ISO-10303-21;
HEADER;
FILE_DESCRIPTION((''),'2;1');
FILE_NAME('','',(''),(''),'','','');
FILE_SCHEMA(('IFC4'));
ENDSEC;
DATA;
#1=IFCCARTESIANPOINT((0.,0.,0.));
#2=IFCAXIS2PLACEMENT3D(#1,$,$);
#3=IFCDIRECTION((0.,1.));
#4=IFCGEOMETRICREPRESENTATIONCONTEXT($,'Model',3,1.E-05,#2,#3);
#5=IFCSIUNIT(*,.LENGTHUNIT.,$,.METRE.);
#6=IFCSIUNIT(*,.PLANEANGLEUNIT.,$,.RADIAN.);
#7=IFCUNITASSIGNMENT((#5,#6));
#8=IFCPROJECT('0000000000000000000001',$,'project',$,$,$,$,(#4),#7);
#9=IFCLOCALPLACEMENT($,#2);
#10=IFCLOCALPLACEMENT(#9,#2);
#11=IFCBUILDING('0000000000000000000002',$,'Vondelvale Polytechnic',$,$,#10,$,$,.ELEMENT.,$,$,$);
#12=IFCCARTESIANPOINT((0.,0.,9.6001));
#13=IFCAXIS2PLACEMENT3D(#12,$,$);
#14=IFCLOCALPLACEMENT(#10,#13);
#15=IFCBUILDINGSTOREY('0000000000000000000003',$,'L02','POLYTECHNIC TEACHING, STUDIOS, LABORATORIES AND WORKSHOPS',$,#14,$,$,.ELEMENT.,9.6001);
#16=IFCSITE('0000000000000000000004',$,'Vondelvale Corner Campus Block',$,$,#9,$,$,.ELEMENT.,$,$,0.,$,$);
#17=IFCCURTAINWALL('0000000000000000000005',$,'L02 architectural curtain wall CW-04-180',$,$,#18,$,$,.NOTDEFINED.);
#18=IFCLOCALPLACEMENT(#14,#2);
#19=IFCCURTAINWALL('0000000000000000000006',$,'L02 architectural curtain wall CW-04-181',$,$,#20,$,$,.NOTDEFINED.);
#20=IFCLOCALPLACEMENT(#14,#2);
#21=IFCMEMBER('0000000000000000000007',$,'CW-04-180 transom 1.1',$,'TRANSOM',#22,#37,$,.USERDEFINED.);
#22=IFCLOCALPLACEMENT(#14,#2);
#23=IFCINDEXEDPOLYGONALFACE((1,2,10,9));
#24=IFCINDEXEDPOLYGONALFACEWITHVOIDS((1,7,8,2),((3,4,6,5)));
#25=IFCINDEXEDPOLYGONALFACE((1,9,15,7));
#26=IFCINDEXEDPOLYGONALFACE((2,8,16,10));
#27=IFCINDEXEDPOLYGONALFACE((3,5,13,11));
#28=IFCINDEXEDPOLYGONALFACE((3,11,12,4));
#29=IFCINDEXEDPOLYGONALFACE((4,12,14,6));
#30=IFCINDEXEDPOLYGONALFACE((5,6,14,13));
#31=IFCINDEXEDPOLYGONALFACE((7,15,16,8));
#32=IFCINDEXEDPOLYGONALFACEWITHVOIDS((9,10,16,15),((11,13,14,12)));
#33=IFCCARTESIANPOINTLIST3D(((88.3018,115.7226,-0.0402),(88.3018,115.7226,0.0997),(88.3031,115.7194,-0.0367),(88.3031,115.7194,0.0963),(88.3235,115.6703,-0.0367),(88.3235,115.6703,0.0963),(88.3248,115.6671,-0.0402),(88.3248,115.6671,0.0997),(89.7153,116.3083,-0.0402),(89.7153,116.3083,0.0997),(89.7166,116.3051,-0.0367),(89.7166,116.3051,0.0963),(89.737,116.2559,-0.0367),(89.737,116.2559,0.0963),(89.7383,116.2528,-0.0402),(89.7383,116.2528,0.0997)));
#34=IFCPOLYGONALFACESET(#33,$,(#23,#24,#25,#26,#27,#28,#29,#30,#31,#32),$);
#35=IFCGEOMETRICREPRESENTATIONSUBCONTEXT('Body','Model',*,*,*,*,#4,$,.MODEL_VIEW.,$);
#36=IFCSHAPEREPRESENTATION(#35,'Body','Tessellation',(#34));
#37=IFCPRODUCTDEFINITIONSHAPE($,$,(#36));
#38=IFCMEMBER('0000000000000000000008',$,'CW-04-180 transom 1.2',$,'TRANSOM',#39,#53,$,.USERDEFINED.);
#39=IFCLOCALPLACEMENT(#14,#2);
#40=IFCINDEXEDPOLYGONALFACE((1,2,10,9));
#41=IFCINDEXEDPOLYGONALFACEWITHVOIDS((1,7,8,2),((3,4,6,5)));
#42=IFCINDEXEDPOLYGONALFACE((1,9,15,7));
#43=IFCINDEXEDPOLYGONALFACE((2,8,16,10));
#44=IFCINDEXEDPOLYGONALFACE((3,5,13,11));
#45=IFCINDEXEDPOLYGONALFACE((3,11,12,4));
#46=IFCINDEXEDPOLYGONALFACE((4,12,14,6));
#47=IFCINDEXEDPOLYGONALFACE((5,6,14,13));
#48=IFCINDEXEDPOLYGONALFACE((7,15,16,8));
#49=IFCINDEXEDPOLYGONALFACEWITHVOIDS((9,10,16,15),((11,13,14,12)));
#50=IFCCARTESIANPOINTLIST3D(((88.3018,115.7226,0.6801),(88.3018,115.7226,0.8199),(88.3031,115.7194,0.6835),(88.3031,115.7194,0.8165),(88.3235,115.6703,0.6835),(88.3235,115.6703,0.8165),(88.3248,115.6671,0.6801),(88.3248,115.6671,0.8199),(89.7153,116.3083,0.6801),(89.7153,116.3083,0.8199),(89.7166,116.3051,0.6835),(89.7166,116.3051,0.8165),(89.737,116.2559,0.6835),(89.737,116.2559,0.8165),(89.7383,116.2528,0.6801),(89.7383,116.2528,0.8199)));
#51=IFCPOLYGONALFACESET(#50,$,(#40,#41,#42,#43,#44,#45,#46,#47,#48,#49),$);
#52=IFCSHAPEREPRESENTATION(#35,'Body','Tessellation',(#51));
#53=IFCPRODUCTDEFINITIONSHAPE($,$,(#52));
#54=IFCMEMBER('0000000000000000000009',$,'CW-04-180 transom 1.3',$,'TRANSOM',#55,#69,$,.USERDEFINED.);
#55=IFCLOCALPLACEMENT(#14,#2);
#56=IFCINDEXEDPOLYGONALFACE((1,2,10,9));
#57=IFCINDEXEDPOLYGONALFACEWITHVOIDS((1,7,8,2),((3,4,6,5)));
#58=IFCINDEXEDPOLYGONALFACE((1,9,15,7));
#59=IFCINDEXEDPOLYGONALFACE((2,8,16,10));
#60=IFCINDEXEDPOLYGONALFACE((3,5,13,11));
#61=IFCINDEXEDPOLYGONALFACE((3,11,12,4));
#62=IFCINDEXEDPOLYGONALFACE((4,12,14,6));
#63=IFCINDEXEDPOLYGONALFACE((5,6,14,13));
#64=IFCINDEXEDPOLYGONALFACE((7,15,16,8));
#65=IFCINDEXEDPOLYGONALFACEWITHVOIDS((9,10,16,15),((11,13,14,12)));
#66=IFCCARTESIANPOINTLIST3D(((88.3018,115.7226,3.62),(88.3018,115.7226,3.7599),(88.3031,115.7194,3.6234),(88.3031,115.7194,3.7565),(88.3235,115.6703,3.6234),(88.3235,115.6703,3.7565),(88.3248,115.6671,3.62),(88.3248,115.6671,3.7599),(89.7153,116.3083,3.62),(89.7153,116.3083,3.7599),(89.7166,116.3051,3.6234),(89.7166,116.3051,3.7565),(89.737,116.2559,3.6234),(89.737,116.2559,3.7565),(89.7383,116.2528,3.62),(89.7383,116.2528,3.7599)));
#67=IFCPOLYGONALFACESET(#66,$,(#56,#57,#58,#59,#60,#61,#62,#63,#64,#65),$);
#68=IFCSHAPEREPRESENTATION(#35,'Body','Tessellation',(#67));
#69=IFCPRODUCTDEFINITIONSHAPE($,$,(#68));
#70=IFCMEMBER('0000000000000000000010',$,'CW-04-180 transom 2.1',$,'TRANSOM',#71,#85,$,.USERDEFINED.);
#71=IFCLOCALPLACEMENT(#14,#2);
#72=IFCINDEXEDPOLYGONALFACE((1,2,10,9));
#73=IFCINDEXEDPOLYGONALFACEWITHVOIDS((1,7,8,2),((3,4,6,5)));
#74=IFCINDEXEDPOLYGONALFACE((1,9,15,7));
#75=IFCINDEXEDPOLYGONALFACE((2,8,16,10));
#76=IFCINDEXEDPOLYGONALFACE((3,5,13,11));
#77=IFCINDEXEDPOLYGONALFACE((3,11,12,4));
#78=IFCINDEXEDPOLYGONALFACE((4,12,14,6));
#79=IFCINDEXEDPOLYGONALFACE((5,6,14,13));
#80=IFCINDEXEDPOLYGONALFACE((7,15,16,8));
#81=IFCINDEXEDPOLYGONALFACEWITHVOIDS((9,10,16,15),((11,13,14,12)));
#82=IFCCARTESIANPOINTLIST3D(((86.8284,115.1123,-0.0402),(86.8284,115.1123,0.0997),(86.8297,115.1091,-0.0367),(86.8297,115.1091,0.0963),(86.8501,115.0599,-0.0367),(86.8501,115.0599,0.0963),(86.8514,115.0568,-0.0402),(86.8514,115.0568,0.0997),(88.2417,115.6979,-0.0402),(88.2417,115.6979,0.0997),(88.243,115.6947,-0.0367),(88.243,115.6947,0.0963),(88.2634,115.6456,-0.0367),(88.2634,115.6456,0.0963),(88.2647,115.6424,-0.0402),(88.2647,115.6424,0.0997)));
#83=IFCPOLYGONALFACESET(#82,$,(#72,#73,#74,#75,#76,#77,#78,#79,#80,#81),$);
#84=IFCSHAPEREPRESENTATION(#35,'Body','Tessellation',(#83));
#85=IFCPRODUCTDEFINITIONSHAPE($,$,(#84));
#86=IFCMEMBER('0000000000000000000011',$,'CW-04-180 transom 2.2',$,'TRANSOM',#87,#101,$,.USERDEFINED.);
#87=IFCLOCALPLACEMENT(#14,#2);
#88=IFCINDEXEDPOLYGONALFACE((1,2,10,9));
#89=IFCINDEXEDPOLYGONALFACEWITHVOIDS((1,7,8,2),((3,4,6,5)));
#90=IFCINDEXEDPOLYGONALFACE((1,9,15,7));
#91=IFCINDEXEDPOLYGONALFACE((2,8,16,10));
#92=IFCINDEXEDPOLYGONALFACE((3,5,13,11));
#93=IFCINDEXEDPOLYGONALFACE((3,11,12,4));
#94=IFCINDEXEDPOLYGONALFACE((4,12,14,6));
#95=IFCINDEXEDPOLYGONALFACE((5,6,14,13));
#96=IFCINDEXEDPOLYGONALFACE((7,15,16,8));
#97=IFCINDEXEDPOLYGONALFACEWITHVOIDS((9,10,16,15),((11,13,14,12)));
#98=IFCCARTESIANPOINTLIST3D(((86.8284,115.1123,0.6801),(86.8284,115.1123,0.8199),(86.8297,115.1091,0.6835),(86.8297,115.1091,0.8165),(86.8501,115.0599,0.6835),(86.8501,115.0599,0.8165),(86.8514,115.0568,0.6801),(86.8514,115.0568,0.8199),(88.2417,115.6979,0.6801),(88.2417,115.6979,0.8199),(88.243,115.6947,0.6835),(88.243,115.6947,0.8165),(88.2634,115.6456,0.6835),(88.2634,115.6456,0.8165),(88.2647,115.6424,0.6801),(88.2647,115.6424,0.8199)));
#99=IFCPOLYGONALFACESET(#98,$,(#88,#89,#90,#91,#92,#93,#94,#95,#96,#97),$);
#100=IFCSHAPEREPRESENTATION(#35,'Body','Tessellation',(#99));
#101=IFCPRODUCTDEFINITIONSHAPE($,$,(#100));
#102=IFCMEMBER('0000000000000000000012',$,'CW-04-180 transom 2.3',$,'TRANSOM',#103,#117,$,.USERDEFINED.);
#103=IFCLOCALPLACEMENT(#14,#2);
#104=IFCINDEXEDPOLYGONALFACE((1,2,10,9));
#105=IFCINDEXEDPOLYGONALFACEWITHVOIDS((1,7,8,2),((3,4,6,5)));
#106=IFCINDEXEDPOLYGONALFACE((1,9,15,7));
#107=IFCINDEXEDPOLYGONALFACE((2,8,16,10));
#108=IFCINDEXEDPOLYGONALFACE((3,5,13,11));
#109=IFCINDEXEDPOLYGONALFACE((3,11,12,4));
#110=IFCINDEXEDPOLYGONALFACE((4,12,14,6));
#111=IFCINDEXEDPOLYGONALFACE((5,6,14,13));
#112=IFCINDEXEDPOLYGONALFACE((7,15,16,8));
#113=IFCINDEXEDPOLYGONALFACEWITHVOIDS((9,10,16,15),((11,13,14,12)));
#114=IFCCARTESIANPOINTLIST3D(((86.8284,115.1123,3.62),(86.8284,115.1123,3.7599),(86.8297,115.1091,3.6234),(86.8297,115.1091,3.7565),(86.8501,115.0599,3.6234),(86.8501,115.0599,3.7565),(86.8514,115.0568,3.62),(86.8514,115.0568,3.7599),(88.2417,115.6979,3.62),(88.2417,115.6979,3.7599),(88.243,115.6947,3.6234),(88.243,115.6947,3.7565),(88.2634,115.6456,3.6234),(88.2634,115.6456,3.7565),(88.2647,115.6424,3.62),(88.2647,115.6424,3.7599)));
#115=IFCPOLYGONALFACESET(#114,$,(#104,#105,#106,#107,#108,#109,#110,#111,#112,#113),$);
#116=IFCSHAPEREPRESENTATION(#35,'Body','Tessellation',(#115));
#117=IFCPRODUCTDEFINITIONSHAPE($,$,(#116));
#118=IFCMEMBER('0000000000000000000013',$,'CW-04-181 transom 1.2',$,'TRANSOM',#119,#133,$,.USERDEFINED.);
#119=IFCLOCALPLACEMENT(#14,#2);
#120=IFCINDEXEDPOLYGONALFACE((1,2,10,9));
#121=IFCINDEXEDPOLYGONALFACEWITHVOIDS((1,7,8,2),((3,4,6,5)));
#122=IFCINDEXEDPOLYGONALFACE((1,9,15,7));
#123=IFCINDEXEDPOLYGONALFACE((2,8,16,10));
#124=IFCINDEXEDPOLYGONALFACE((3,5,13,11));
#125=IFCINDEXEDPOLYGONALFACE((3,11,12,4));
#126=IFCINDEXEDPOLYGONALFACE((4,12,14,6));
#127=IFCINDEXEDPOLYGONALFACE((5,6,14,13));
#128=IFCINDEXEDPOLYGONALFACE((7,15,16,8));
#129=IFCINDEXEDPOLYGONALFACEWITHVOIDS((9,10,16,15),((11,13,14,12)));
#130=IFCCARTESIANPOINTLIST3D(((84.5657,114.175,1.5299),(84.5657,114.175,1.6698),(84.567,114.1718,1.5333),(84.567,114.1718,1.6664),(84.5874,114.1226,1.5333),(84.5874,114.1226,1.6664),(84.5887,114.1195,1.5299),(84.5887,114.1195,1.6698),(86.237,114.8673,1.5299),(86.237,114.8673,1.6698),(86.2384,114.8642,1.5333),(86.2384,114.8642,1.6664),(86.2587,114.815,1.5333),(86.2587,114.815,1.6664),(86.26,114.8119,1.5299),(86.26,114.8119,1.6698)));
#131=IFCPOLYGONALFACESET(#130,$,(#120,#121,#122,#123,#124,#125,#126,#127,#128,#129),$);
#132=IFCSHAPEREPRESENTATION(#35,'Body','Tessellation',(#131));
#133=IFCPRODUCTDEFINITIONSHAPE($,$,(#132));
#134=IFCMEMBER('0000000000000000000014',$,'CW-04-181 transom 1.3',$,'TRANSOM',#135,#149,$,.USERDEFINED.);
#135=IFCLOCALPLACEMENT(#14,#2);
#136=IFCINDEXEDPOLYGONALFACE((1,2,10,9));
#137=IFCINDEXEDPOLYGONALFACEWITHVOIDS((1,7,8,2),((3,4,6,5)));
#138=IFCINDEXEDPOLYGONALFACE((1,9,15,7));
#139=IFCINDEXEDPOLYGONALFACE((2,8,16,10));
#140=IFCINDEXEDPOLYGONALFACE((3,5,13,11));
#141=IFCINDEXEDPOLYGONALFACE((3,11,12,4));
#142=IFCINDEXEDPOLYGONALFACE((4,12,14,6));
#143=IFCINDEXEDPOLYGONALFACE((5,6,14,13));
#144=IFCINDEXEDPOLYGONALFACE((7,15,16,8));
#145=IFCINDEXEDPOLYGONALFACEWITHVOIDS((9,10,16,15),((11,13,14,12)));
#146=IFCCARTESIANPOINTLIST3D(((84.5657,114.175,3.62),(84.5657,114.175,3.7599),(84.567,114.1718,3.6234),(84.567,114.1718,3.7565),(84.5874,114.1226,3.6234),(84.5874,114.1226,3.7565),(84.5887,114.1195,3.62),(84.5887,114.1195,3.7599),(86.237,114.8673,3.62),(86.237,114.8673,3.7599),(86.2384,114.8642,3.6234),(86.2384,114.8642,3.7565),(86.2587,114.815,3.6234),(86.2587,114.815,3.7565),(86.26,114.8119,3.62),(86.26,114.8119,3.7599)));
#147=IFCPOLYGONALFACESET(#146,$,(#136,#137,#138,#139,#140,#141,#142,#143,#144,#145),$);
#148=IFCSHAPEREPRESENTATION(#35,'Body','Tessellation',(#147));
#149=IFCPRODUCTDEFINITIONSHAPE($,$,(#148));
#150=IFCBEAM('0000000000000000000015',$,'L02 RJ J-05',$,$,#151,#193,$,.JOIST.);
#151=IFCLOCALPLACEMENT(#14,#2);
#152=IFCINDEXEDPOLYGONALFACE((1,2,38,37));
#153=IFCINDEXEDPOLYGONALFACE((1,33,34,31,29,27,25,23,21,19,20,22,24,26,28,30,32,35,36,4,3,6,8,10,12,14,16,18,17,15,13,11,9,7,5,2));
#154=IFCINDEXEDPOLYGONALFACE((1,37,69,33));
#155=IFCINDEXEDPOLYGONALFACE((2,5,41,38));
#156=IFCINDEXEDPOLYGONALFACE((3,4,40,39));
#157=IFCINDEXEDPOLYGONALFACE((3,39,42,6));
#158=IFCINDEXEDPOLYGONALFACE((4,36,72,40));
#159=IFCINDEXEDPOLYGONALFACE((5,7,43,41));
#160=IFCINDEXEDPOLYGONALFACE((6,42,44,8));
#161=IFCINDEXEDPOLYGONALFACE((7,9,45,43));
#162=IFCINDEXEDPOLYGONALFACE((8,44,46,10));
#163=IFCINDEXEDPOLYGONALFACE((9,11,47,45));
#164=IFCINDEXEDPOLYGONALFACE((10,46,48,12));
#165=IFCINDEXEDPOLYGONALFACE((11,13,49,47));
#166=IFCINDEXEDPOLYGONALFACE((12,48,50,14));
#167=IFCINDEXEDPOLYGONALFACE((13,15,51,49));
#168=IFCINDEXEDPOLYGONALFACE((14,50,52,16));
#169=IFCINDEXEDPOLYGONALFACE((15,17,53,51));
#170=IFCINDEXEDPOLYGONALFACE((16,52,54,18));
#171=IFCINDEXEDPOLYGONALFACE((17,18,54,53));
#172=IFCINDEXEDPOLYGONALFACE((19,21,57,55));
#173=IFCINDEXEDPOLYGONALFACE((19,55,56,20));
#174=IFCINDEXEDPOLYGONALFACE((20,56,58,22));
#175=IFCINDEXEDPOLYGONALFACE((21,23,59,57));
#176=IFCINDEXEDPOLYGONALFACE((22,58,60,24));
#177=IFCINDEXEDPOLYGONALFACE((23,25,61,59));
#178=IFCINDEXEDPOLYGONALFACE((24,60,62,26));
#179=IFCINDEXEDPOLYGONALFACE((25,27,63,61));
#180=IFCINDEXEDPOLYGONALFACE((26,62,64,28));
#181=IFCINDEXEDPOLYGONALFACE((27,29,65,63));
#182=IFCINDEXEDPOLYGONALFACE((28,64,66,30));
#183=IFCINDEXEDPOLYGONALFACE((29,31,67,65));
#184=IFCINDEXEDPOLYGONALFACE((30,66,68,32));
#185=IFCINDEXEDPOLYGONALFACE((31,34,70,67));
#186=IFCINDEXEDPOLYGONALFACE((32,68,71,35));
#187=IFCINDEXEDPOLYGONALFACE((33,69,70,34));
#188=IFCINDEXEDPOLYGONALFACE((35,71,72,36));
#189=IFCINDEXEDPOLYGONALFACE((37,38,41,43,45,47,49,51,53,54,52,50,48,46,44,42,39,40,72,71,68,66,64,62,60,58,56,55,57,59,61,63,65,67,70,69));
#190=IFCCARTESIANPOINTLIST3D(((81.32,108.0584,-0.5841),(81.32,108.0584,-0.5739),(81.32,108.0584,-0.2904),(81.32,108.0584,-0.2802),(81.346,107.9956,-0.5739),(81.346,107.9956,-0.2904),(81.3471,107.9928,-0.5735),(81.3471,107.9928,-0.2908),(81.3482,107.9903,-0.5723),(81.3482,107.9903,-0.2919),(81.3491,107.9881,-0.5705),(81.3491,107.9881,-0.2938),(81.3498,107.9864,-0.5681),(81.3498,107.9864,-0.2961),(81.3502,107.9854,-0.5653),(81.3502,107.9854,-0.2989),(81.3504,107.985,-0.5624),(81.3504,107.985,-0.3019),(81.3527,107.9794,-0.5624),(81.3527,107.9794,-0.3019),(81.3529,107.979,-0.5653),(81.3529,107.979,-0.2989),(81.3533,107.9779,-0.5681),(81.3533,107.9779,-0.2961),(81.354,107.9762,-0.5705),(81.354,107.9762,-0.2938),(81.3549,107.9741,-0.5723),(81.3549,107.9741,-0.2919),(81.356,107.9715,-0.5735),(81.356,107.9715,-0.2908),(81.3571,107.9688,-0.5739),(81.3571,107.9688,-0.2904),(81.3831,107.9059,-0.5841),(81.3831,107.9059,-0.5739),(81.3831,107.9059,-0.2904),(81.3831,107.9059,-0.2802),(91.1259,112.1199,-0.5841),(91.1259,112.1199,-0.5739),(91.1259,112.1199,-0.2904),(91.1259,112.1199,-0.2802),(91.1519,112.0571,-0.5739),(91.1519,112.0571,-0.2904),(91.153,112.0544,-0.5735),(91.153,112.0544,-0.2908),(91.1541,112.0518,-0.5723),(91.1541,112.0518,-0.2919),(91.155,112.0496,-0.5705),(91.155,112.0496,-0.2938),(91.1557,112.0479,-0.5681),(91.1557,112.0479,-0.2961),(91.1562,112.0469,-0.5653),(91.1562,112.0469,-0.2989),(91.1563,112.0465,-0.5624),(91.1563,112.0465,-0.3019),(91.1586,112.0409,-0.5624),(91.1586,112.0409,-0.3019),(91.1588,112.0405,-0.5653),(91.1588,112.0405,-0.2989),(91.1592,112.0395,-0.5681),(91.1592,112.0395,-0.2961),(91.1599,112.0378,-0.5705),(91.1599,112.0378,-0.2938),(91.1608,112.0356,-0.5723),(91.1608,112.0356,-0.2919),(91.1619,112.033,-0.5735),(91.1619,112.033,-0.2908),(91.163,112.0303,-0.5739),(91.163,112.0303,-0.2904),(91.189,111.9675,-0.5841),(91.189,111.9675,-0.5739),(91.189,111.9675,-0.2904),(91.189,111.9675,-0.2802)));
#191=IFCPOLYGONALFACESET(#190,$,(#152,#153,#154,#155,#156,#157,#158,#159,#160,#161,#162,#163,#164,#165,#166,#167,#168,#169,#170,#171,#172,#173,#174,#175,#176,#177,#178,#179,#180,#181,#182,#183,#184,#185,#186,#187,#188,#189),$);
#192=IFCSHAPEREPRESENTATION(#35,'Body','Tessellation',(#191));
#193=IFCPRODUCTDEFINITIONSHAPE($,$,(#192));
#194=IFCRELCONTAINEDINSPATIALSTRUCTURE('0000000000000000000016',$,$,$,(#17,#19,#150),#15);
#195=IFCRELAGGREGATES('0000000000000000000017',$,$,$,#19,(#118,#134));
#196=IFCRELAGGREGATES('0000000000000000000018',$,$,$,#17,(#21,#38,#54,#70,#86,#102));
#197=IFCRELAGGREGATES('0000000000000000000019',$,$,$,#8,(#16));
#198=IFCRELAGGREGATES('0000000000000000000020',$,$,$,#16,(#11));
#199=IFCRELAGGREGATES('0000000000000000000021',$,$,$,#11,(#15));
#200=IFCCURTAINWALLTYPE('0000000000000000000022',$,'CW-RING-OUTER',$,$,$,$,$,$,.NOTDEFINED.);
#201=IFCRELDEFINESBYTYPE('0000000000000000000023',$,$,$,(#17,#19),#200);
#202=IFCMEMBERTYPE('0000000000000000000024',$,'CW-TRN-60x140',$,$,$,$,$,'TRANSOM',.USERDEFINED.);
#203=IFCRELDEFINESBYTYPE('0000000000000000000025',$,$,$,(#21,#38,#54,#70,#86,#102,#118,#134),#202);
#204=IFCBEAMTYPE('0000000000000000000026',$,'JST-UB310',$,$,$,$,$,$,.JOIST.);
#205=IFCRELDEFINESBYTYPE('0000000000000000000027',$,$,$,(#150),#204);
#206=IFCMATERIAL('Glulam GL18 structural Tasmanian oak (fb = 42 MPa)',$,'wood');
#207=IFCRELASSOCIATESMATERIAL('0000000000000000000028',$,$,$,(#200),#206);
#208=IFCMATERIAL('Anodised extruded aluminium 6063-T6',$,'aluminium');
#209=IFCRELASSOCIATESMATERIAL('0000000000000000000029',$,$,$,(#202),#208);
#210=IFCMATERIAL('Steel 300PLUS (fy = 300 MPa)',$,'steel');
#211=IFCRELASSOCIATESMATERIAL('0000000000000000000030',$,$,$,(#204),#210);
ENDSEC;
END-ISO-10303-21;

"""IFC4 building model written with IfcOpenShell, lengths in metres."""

from ifc_helpers import new_model, si_unit, direction, frame, origin, origin_2d, place, context, subcontext, project, spatial, hollow_rectangle, i_section, extrude, material, material_profile, profile_set, type_object, element, aggregate, save


model = new_model("IFC4")

# Units and contexts
model_context = context("Model", 3, precision=1e-05, world=origin(), true_north=direction((0.0, 1.0)))
body_context = subcontext(model_context, "Body", "Model", "MODEL_VIEW")
ifc_project = project(units=[si_unit("LENGTHUNIT", "METRE"), si_unit("PLANEANGLEUNIT", "RADIAN")], contexts=[model_context])

# Site, building, storey
site_placement = place(None, origin())
site = spatial("IfcSite", under=ifc_project, at=site_placement, Name="Vondelvale Corner Campus Block", CompositionType="ELEMENT", RefElevation=0.0)
building_placement = place(site_placement, origin())
building = spatial("IfcBuilding", under=site, at=building_placement, Name="Vondelvale Polytechnic", CompositionType="ELEMENT")
storey_placement = place(building_placement, frame((0.0, 0.0, 9.6001)))
storey = spatial("IfcBuildingStorey", under=building, at=storey_placement, Name="L02", Description="POLYTECHNIC TEACHING, STUDIOS, LABORATORIES AND WORKSHOPS", CompositionType="ELEMENT", Elevation=9.6001)

# Shared definitions
ifc_material_1 = material(Name="Glulam GL18 structural Tasmanian oak (fb = 42 MPa)", Category="wood")

# Shared definitions
ifc_material_2 = material(Name="Steel 300PLUS (fy = 300 MPa)", Category="steel")

# Shared definitions
curtain_wall_type = type_object("IfcCurtainWallType", Name="CW-RING-OUTER", PredefinedType="NOTDEFINED", material=ifc_material_1)
ifc_material_3 = material(Name="Anodised extruded aluminium 6063-T6", Category="aluminium")

# Curtain wall
curtain_wall_1_placement = place(storey_placement, origin())
curtain_wall_1 = element("IfcCurtainWall", 1, at=curtain_wall_1_placement, inside=storey, type_object=curtain_wall_type, Name="L02 architectural curtain wall CW-04-180", PredefinedType="NOTDEFINED")

# Curtain wall
curtain_wall_2_placement = place(storey_placement, origin())
curtain_wall_2 = element("IfcCurtainWall", 2, at=curtain_wall_2_placement, inside=storey, type_object=curtain_wall_type, Name="L02 architectural curtain wall CW-04-181", PredefinedType="NOTDEFINED")

# Members
ifc_material_profile_1 = material_profile(ifc_material_3, hollow_rectangle(XDim=0.0601, YDim=0.1399, WallThickness=0.0034, at=origin_2d()), Name="CW-TRN-140x60")
ifc_profile_set_1 = profile_set([ifc_material_profile_1], Name="Anodised extruded aluminium 6063-T6")
member_type_1 = type_object("IfcMemberType", Name="CW-TRN-60x140", ElementType="TRANSOM", PredefinedType="USERDEFINED", material=ifc_profile_set_1)
member_1_placement = place(storey_placement, frame((89.7268, 116.2805, 0.0298), z_axis=(-0.92384, -0.382779, 0.0), x_axis=(0.382779, -0.92384, 0.0)))
member_1 = element("IfcMember", 3, at=member_1_placement, type_object=member_type_1, Name="CW-04-180 transom 1.1", ObjectType="TRANSOM", PredefinedType="USERDEFINED", context=body_context, shape_type="SweptSolid", body=[
    extrude(hollow_rectangle(XDim=0.0601, YDim=0.1399, WallThickness=0.0034, at=origin_2d()), origin(), (0.0, 0.0, 1.0), 1.53),
])
member_2_placement = place(storey_placement, frame((89.7268, 116.2805, 0.75), z_axis=(-0.92384, -0.382779, 0.0), x_axis=(0.382779, -0.92384, 0.0)))
member_2 = element("IfcMember", 4, at=member_2_placement, type_object=member_type_1, Name="CW-04-180 transom 1.2", ObjectType="TRANSOM", PredefinedType="USERDEFINED", context=body_context, shape_type="SweptSolid", body=[
    extrude(hollow_rectangle(XDim=0.0601, YDim=0.1399, WallThickness=0.0034, at=origin_2d()), origin(), (0.0, 0.0, 1.0), 1.53),
])
member_3_placement = place(storey_placement, frame((89.7268, 116.2805, 3.6899), z_axis=(-0.92384, -0.382779, 0.0), x_axis=(0.382779, -0.92384, 0.0)))
member_3 = element("IfcMember", 5, at=member_3_placement, type_object=member_type_1, Name="CW-04-180 transom 1.3", ObjectType="TRANSOM", PredefinedType="USERDEFINED", context=body_context, shape_type="SweptSolid", body=[
    extrude(hollow_rectangle(XDim=0.0601, YDim=0.1399, WallThickness=0.0034, at=origin_2d()), origin(), (0.0, 0.0, 1.0), 1.53),
])
member_4_placement = place(storey_placement, frame((88.2532, 115.6702, 0.0298), z_axis=(-0.923816, -0.382836, 0.0), x_axis=(0.382836, -0.923816, 0.0)))
member_4 = element("IfcMember", 6, at=member_4_placement, type_object=member_type_1, Name="CW-04-180 transom 2.1", ObjectType="TRANSOM", PredefinedType="USERDEFINED", context=body_context, shape_type="SweptSolid", body=[
    extrude(hollow_rectangle(XDim=0.0601, YDim=0.1399, WallThickness=0.0034, at=origin_2d()), origin(), (0.0, 0.0, 1.0), 1.5298),
])
member_5_placement = place(storey_placement, frame((88.2532, 115.6702, 0.75), z_axis=(-0.923816, -0.382836, 0.0), x_axis=(0.382836, -0.923816, 0.0)))
member_5 = element("IfcMember", 7, at=member_5_placement, type_object=member_type_1, Name="CW-04-180 transom 2.2", ObjectType="TRANSOM", PredefinedType="USERDEFINED", context=body_context, shape_type="SweptSolid", body=[
    extrude(hollow_rectangle(XDim=0.0601, YDim=0.1399, WallThickness=0.0034, at=origin_2d()), origin(), (0.0, 0.0, 1.0), 1.5298),
])
member_6_placement = place(storey_placement, frame((88.2532, 115.6702, 3.6899), z_axis=(-0.923816, -0.382836, 0.0), x_axis=(0.382836, -0.923816, 0.0)))
member_6 = element("IfcMember", 8, at=member_6_placement, type_object=member_type_1, Name="CW-04-180 transom 2.3", ObjectType="TRANSOM", PredefinedType="USERDEFINED", context=body_context, shape_type="SweptSolid", body=[
    extrude(hollow_rectangle(XDim=0.0601, YDim=0.1399, WallThickness=0.0034, at=origin_2d()), origin(), (0.0, 0.0, 1.0), 1.5298),
])
member_7_placement = place(storey_placement, frame((86.2485, 114.8396, 1.5999), z_axis=(-0.923866, -0.382717, 0.0), x_axis=(0.382717, -0.923866, 0.0)))
member_7 = element("IfcMember", 9, at=member_7_placement, type_object=member_type_1, Name="CW-04-181 transom 1.2", ObjectType="TRANSOM", PredefinedType="USERDEFINED", context=body_context, shape_type="SweptSolid", body=[
    extrude(hollow_rectangle(XDim=0.0601, YDim=0.1399, WallThickness=0.0034, at=origin_2d()), origin(), (0.0, 0.0, 1.0), 1.8091),
])
member_8_placement = place(storey_placement, frame((86.2485, 114.8396, 3.6899), z_axis=(-0.923866, -0.382717, 0.0), x_axis=(0.382717, -0.923866, 0.0)))
member_8 = element("IfcMember", 10, at=member_8_placement, type_object=member_type_1, Name="CW-04-181 transom 1.3", ObjectType="TRANSOM", PredefinedType="USERDEFINED", context=body_context, shape_type="SweptSolid", body=[
    extrude(hollow_rectangle(XDim=0.0601, YDim=0.1399, WallThickness=0.0034, at=origin_2d()), origin(), (0.0, 0.0, 1.0), 1.8091),
])
aggregate(curtain_wall_2, [member_7, member_8])

# Beam
ifc_material_profile_2 = material_profile(ifc_material_2, i_section(OverallWidth=0.165, OverallDepth=0.304, WebThickness=0.0061, FlangeThickness=0.0103, FilletRadius=0.0115, at=origin_2d()), Name="310UB40.4")
ifc_profile_set_2 = profile_set([ifc_material_profile_2], Name="Steel 300PLUS (fy = 300 MPa)")
beam_type_1 = type_object("IfcBeamType", Name="JST-UB310", PredefinedType="JOIST", material=ifc_profile_set_2)
beam_1_placement = place(storey_placement, frame((91.1575, 112.0437, -0.4321), z_axis=(-0.923887, -0.382666, 0.0), x_axis=(0.382666, -0.923887, 0.0)))
element("IfcBeam", 11, at=beam_1_placement, inside=storey, type_object=beam_type_1, Name="L02 RJ J-05", PredefinedType="JOIST", context=body_context, shape_type="SweptSolid", body=[
    extrude(i_section(OverallWidth=0.165, OverallDepth=0.304, WebThickness=0.0061, FlangeThickness=0.0103, FilletRadius=0.0115, at=origin_2d()), origin(), (0.0, 0.0, 1.0), 10.6138),
])

aggregate(curtain_wall_1, [member_1, member_2, member_3, member_4, member_5, member_6])

save(model, "model.ifc")
